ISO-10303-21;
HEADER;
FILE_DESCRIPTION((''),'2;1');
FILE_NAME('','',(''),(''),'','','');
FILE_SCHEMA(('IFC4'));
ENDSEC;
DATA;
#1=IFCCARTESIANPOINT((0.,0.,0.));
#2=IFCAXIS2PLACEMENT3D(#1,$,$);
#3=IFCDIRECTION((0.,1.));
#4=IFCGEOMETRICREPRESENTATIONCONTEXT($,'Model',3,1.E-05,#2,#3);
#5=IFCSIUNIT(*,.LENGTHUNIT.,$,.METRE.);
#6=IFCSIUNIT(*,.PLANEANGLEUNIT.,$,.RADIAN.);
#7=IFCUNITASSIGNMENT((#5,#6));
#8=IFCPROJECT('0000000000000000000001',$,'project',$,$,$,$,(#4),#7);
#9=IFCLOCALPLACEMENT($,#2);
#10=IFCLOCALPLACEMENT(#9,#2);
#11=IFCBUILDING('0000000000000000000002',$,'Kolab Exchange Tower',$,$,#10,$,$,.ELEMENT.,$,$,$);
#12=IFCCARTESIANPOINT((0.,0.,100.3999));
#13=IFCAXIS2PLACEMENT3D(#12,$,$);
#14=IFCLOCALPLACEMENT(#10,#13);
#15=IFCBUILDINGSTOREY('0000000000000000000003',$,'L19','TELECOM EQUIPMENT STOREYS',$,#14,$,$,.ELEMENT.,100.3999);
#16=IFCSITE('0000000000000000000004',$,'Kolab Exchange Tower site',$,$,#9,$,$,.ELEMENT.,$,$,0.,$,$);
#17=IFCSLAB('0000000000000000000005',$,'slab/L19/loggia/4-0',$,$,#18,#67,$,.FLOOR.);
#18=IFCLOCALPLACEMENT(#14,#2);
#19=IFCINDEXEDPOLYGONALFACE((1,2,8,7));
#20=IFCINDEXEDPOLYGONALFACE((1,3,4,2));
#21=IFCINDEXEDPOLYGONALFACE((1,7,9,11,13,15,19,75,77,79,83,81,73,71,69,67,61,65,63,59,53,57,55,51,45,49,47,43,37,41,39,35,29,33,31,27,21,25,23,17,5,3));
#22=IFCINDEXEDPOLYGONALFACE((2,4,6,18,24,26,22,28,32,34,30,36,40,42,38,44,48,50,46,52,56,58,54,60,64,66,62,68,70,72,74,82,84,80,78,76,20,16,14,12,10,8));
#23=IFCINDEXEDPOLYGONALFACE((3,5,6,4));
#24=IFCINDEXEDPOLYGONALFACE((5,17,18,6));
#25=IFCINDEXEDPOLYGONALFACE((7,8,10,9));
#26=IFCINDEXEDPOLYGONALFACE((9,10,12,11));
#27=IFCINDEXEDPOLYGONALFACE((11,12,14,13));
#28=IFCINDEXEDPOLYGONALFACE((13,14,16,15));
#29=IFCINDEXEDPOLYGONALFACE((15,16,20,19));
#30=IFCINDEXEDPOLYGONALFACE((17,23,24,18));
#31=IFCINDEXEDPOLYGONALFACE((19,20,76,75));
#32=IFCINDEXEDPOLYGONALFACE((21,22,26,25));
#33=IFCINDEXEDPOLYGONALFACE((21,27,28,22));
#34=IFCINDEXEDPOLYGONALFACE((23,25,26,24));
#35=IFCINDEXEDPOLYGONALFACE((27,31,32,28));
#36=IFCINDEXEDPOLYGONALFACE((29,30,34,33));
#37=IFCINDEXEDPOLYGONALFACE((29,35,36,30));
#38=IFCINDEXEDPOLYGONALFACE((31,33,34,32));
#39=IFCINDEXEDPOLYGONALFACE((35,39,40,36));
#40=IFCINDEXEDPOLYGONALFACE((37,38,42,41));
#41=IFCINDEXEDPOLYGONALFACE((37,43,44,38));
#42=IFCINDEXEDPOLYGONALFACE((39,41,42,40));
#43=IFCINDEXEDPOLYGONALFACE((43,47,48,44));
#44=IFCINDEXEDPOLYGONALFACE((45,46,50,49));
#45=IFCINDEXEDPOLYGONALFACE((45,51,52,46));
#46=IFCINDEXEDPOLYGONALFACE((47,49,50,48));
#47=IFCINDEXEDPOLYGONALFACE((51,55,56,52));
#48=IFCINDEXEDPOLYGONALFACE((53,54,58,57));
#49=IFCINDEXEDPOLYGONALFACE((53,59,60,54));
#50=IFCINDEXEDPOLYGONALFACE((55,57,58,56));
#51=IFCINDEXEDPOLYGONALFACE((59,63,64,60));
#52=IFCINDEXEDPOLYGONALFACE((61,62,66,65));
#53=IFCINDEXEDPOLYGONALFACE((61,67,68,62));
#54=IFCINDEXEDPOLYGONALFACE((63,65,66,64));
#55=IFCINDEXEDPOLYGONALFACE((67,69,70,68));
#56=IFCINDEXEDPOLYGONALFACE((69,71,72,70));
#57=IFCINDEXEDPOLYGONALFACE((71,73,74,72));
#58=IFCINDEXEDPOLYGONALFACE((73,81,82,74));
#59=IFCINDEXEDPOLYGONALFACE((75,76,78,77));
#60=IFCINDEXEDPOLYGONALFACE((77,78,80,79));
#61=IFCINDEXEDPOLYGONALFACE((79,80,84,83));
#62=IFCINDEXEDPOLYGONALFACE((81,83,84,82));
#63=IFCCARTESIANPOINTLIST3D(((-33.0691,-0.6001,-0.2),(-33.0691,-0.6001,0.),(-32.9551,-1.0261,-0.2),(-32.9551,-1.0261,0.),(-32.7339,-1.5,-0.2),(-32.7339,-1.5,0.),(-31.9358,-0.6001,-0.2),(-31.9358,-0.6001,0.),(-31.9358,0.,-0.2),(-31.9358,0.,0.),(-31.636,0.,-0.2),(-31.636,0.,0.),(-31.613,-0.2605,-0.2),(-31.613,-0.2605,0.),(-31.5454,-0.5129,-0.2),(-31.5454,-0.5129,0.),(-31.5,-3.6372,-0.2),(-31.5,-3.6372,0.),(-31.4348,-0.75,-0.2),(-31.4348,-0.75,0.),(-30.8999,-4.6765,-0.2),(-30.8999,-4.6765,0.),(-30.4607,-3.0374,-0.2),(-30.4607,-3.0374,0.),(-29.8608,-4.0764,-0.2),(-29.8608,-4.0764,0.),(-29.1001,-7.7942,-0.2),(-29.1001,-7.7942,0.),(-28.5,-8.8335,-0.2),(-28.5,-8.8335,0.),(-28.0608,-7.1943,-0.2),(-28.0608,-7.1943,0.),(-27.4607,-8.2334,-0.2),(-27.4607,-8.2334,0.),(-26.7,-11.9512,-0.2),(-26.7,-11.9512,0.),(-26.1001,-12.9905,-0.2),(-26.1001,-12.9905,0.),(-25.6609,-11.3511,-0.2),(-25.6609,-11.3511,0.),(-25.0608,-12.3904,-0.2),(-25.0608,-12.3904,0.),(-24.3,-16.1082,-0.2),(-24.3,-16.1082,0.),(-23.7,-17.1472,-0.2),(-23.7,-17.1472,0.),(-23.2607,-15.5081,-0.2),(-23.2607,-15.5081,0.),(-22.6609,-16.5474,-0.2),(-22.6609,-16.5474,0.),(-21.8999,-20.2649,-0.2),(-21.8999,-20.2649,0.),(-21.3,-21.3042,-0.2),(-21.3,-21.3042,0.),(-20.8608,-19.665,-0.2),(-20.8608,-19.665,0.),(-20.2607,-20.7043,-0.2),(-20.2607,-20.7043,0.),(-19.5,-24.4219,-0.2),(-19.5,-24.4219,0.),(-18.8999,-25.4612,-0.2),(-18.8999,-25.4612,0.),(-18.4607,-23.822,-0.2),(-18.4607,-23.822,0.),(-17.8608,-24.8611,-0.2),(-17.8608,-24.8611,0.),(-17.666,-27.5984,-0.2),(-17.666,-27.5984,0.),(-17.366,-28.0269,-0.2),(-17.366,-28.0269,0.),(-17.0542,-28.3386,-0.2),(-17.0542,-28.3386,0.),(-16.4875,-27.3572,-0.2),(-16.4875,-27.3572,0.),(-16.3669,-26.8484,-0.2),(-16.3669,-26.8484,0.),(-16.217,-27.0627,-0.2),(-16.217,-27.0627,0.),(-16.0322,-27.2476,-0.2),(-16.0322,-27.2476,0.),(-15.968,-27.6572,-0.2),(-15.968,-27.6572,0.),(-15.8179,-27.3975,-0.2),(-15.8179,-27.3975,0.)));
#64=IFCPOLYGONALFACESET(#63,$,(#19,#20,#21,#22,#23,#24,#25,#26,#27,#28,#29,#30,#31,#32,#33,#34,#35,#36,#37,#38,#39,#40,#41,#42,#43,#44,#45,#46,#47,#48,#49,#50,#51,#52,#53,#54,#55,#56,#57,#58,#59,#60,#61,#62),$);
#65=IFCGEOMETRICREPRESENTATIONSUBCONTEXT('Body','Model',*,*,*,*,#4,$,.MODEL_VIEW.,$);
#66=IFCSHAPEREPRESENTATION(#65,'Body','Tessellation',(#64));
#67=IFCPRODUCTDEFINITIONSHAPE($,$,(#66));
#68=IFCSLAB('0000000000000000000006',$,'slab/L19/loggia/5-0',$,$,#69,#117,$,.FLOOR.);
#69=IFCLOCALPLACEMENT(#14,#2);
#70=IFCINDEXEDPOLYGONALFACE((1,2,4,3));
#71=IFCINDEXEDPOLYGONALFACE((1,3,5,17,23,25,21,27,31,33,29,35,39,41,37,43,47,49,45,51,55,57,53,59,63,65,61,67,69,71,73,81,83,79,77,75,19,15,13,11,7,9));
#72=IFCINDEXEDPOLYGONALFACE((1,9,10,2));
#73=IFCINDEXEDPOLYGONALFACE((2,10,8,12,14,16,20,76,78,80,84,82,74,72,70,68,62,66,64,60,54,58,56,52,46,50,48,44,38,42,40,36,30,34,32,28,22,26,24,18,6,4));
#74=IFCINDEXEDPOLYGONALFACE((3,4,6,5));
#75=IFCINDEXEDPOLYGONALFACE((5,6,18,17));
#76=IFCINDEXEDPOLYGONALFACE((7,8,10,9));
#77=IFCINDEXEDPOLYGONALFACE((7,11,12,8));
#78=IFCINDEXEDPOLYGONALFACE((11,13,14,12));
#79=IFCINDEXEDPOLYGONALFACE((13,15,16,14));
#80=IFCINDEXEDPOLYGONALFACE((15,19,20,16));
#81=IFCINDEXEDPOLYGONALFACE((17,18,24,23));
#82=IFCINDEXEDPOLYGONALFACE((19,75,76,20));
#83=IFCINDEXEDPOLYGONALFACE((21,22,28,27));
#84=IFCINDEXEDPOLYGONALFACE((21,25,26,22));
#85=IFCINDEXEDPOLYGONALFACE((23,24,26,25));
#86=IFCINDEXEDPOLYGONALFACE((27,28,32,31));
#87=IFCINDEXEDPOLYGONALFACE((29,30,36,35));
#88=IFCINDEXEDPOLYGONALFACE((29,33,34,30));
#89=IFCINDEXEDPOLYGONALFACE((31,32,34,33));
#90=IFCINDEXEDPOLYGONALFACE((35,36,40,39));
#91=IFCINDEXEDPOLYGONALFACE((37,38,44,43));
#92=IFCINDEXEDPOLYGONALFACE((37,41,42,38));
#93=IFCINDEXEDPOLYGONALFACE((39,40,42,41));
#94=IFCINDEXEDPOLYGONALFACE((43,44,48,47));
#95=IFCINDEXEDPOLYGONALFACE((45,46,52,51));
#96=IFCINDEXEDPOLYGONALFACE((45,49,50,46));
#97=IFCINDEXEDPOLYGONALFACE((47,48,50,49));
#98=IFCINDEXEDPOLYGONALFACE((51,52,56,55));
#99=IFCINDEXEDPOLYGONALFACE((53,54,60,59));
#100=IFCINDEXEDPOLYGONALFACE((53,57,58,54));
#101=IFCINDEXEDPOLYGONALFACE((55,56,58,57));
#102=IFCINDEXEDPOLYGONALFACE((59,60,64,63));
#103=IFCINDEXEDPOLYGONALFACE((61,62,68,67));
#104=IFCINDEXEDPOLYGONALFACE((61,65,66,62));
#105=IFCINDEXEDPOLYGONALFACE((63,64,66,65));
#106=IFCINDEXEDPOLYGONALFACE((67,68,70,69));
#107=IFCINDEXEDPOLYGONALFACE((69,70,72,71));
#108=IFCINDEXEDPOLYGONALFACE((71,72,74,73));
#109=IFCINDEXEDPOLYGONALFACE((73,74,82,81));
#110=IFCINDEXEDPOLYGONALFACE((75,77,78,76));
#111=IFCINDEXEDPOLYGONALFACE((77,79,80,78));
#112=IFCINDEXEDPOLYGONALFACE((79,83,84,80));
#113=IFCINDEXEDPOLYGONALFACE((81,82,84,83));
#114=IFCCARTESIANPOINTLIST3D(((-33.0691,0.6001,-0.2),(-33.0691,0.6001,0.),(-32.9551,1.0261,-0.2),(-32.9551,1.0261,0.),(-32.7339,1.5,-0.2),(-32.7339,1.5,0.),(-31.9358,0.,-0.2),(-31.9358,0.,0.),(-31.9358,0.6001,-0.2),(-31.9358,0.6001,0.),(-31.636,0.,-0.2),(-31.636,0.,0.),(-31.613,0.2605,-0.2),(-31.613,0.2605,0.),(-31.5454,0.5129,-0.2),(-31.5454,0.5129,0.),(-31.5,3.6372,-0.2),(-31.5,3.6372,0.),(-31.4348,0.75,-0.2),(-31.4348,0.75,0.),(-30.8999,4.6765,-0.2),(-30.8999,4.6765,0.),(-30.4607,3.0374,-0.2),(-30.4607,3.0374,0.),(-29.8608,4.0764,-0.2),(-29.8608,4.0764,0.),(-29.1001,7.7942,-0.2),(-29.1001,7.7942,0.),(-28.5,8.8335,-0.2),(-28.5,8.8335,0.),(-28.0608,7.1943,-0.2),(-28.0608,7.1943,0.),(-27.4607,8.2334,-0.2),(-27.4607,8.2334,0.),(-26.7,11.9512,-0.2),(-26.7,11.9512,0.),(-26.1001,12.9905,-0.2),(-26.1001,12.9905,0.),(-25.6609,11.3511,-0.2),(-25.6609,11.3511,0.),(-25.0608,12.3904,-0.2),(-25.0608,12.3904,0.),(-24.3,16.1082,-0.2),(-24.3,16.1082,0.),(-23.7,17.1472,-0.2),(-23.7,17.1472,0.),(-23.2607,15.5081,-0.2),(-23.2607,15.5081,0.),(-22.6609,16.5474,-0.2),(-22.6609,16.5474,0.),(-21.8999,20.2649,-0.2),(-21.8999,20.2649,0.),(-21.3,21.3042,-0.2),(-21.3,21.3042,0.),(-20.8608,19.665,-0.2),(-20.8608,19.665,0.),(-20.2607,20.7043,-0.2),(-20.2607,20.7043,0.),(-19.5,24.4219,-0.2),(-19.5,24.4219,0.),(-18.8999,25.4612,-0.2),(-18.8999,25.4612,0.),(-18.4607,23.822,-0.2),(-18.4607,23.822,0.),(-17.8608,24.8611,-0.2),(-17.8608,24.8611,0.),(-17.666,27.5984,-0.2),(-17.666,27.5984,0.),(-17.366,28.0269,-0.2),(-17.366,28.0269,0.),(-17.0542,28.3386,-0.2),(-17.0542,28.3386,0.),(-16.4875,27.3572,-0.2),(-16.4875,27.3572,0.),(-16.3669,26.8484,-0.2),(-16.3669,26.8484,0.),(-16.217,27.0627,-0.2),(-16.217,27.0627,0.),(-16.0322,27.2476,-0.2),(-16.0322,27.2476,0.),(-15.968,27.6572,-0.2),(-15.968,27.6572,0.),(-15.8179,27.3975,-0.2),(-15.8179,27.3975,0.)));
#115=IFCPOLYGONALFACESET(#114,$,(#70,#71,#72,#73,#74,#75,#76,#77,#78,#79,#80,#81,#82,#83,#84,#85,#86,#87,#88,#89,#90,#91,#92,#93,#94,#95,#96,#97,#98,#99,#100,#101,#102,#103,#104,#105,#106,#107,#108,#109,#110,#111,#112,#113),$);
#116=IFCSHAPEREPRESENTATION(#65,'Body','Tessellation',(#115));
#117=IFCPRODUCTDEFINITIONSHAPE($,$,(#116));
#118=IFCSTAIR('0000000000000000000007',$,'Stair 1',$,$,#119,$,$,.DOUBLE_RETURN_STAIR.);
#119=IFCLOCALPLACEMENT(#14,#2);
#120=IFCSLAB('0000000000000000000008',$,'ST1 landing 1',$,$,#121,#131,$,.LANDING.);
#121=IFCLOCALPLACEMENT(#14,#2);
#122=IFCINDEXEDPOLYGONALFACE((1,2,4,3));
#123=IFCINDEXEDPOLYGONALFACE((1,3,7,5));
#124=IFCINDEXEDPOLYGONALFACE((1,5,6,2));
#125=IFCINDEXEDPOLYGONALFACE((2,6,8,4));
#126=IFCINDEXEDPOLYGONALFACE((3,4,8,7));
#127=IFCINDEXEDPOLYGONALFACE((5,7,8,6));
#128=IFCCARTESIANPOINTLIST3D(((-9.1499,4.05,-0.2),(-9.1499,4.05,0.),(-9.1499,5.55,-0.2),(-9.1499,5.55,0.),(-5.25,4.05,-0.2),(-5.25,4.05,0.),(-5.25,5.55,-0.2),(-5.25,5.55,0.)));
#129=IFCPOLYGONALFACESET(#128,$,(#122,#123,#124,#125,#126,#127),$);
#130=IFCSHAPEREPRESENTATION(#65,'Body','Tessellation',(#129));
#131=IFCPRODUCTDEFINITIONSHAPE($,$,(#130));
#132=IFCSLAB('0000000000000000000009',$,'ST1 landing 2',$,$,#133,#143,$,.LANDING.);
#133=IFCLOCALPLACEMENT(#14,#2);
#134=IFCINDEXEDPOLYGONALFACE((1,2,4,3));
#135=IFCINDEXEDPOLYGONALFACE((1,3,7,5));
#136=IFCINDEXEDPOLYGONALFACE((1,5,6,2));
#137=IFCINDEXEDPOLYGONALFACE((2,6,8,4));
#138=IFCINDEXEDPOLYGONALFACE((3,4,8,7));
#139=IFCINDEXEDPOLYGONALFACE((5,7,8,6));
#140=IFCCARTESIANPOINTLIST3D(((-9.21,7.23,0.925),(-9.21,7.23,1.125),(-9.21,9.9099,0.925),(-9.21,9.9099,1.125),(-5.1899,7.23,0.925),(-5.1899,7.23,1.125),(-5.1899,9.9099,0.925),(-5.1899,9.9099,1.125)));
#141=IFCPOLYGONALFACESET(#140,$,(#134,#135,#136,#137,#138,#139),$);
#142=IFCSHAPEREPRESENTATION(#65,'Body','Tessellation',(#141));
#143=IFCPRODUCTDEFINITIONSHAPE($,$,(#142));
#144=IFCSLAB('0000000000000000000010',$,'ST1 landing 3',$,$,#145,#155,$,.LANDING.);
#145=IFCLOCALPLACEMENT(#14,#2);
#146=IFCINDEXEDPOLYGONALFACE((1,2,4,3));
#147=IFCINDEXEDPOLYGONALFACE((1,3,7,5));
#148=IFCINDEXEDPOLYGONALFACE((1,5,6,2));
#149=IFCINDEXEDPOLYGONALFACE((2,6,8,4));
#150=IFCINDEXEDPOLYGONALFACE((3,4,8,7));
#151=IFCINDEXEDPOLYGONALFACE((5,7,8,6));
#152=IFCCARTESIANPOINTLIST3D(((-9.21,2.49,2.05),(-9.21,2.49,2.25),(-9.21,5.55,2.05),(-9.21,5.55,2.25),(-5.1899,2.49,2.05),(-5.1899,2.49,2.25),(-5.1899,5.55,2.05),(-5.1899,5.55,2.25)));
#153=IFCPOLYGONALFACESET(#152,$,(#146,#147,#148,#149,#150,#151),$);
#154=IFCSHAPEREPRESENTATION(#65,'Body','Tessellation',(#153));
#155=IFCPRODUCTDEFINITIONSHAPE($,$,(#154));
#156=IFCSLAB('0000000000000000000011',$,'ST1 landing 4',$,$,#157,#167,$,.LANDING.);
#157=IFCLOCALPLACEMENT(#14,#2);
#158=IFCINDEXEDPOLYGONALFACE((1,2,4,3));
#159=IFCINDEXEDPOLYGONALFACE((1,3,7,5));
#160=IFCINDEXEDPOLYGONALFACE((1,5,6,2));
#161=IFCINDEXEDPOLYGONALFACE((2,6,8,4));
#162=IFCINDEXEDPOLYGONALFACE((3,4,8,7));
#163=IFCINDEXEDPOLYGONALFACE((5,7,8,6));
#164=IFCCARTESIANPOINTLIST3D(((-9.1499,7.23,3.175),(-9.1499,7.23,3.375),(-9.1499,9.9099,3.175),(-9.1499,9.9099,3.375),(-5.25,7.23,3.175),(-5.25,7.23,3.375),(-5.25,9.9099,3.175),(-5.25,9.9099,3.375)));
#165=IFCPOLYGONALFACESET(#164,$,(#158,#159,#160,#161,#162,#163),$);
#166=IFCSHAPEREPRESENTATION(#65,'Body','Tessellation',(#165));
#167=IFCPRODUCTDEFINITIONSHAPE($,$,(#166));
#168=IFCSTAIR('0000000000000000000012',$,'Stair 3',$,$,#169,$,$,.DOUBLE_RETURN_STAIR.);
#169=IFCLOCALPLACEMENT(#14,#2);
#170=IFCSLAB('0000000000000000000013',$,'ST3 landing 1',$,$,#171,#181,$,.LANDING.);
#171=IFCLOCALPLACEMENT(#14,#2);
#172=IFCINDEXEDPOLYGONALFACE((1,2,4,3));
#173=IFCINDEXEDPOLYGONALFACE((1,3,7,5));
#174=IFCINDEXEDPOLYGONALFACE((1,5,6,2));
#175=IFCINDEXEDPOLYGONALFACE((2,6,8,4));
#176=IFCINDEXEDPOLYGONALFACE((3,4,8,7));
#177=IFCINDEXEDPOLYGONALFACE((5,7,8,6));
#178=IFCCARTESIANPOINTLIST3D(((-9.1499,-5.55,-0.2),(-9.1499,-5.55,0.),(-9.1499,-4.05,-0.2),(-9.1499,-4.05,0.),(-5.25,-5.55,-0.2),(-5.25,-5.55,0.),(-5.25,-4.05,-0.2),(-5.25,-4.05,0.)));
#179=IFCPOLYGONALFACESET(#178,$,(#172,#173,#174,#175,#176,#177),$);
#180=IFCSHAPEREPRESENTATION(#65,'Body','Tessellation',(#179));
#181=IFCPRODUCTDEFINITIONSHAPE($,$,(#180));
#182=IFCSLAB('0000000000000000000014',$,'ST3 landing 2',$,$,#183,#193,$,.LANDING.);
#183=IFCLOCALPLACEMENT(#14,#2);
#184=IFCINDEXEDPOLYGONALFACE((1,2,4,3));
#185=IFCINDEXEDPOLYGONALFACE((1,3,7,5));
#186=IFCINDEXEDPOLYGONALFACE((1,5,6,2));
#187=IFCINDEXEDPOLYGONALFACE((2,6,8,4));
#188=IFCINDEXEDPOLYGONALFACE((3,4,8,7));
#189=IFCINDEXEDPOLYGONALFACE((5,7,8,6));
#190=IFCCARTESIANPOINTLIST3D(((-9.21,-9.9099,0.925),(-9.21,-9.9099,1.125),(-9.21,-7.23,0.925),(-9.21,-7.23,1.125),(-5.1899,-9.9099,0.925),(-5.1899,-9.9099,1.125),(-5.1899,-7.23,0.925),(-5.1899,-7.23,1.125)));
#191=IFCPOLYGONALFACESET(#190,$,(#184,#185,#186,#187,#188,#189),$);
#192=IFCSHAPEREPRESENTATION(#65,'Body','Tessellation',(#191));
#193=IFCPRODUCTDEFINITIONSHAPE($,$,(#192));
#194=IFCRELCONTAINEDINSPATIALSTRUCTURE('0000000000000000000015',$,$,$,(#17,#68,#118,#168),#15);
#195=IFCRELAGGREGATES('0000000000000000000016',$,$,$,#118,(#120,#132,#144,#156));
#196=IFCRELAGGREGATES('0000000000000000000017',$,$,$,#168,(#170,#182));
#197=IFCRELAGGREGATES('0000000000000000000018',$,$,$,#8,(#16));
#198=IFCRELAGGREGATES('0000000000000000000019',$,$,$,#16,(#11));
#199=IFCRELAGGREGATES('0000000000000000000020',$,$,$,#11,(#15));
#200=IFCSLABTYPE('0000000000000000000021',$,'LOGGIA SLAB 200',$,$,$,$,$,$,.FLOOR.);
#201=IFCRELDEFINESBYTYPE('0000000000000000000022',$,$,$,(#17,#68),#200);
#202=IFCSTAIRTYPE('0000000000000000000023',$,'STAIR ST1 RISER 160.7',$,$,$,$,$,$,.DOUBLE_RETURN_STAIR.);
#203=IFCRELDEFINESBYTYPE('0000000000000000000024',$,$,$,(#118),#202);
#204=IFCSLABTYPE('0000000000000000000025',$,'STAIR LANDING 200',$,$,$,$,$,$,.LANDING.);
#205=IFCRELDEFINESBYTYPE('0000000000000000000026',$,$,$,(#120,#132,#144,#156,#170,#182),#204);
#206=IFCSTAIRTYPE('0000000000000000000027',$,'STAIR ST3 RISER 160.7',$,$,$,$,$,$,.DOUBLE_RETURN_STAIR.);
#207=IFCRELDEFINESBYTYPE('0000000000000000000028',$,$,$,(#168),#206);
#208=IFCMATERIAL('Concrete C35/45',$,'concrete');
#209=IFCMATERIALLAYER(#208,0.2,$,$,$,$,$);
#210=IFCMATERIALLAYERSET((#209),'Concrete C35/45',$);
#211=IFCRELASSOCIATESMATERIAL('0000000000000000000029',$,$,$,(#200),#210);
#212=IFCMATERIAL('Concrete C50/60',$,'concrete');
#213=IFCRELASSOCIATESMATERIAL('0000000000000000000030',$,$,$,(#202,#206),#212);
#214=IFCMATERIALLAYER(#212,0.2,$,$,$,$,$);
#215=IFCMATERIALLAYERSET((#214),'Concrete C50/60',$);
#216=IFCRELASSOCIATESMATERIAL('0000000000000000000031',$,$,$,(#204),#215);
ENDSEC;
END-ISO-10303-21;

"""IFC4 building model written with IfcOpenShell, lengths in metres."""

from ifc_helpers import new_model, si_unit, direction, frame, origin, place, context, subcontext, project, spatial, polyline, outline, extrude, material, layer, layer_set, type_object, element, aggregate, save


model = new_model("IFC4")

# Units and contexts
model_context = context("Model", 3, precision=1e-05, world=origin(), true_north=direction((0.0, 1.0)))
body_context = subcontext(model_context, "Body", "Model", "MODEL_VIEW")
ifc_project = project(units=[si_unit("LENGTHUNIT", "METRE"), si_unit("PLANEANGLEUNIT", "RADIAN")], contexts=[model_context])

# Site, building, storey
site_placement = place(None, origin())
site = spatial("IfcSite", under=ifc_project, at=site_placement, Name="Kolab Exchange Tower site", CompositionType="ELEMENT", RefElevation=0.0)
building_placement = place(site_placement, origin())
building = spatial("IfcBuilding", under=site, at=building_placement, Name="Kolab Exchange Tower", CompositionType="ELEMENT")
storey_placement = place(building_placement, frame((0.0, 0.0, 100.3999)))
storey = spatial("IfcBuildingStorey", under=building, at=storey_placement, Name="L19", Description="TELECOM EQUIPMENT STOREYS", CompositionType="ELEMENT", Elevation=100.3999)

# Slabs
ifc_material_1 = material(Name="Concrete C35/45", Category="concrete")
ifc_layer_1 = layer(ifc_material_1, 0.2)
ifc_layer_set_1 = layer_set([ifc_layer_1], Name="Concrete C35/45")
slab_type_1 = type_object("IfcSlabType", Name="LOGGIA SLAB 200", PredefinedType="FLOOR", material=ifc_layer_set_1)
slab_1_placement = place(storey_placement, frame((0.0, 0.0, -0.2)))
element("IfcSlab", 1, at=slab_1_placement, inside=storey, type_object=slab_type_1, Name="slab/L19/loggia/4-0", PredefinedType="FLOOR", context=body_context, shape_type="SweptSolid", body=[
    extrude(outline(polyline([(-31.636, 0.0), (-31.9358, 0.0), (-31.9358, -0.6001), (-33.0691, -0.6001), (-32.9551, -1.0261), (-32.7339, -1.5), (-31.5, -3.6372), (-30.4607, -3.0374), (-29.8608, -4.0764), (-30.8999, -4.6765), (-29.1001, -7.7942), (-28.0608, -7.1943), (-27.4607, -8.2334), (-28.5, -8.8335), (-26.7, -11.9512), (-25.6609, -11.3511), (-25.0608, -12.3904), (-26.1001, -12.9905), (-24.3, -16.1082), (-23.2607, -15.5081), (-22.6609, -16.5474), (-23.7, -17.1472), (-21.8999, -20.2649), (-20.8608, -19.665), (-20.2607, -20.7043), (-21.3, -21.3042), (-19.5, -24.4219), (-18.4607, -23.822), (-17.8608, -24.8611), (-18.8999, -25.4612), (-17.666, -27.5984), (-17.366, -28.0269), (-17.0542, -28.3386), (-16.4875, -27.3572), (-15.968, -27.6572), (-15.8179, -27.3975), (-16.0322, -27.2476), (-16.217, -27.0627), (-16.3669, -26.8484), (-31.4348, -0.75), (-31.5454, -0.5129), (-31.613, -0.2605), (-31.636, 0.0)])), origin(), (0.0, 0.0, 1.0), 0.2),
])
slab_2_placement = place(storey_placement, frame((0.0, 0.0, -0.2)))
element("IfcSlab", 2, at=slab_2_placement, inside=storey, type_object=slab_type_1, Name="slab/L19/loggia/5-0", PredefinedType="FLOOR", context=body_context, shape_type="SweptSolid", body=[
    extrude(outline(polyline([(-15.8179, 27.3975), (-15.968, 27.6572), (-16.4875, 27.3572), (-17.0542, 28.3386), (-17.366, 28.0269), (-17.666, 27.5984), (-18.8999, 25.4612), (-17.8608, 24.8611), (-18.4607, 23.822), (-19.5, 24.4219), (-21.3, 21.3042), (-20.2607, 20.7043), (-20.8608, 19.665), (-21.8999, 20.2649), (-23.7, 17.1472), (-22.6609, 16.5474), (-23.2607, 15.5081), (-24.3, 16.1082), (-26.1001, 12.9905), (-25.0608, 12.3904), (-25.6609, 11.3511), (-26.7, 11.9512), (-28.5, 8.8335), (-27.4607, 8.2334), (-28.0608, 7.1943), (-29.1001, 7.7942), (-30.8999, 4.6765), (-29.8608, 4.0764), (-30.4607, 3.0374), (-31.5, 3.6372), (-32.7339, 1.5), (-32.9551, 1.0261), (-33.0691, 0.6001), (-31.9358, 0.6001), (-31.9358, 0.0), (-31.636, 0.0), (-31.613, 0.2605), (-31.5454, 0.5129), (-31.4348, 0.75), (-16.3669, 26.8484), (-16.217, 27.0627), (-16.0322, 27.2476), (-15.8179, 27.3975)])), origin(), (0.0, 0.0, 1.0), 0.2),
])

# Stairs, slabs
ifc_material_2 = material(Name="Concrete C50/60", Category="concrete")
stair_type_1 = type_object("IfcStairType", Name="STAIR ST1 RISER 160.7", PredefinedType="DOUBLE_RETURN_STAIR", material=ifc_material_2)
stair_1_placement = place(storey_placement, origin())
stair_1 = element("IfcStair", 3, at=stair_1_placement, inside=storey, type_object=stair_type_1, Name="Stair 1", PredefinedType="DOUBLE_RETURN_STAIR")
ifc_layer_2 = layer(ifc_material_2, 0.2)
ifc_layer_set_2 = layer_set([ifc_layer_2], Name="Concrete C50/60")
slab_type_2 = type_object("IfcSlabType", Name="STAIR LANDING 200", PredefinedType="LANDING", material=ifc_layer_set_2)
slab_3_placement = place(storey_placement, frame((0.0, 0.0, -0.2)))
slab_3 = element("IfcSlab", 4, at=slab_3_placement, type_object=slab_type_2, Name="ST1 landing 1", PredefinedType="LANDING", context=body_context, shape_type="SweptSolid", body=[
    extrude(outline(polyline([(-9.1499, 4.05), (-5.25, 4.05), (-5.25, 5.55), (-9.1499, 5.55), (-9.1499, 4.05)])), origin(), (0.0, 0.0, 1.0), 0.2),
])
slab_4_placement = place(storey_placement, frame((0.0, 0.0, 0.925)))
slab_4 = element("IfcSlab", 5, at=slab_4_placement, type_object=slab_type_2, Name="ST1 landing 2", PredefinedType="LANDING", context=body_context, shape_type="SweptSolid", body=[
    extrude(outline(polyline([(-9.21, 7.23), (-5.1899, 7.23), (-5.1899, 9.9099), (-9.21, 9.9099), (-9.21, 7.23)])), origin(), (0.0, 0.0, 1.0), 0.2),
])
slab_5_placement = place(storey_placement, frame((0.0, 0.0, 2.05)))
slab_5 = element("IfcSlab", 6, at=slab_5_placement, type_object=slab_type_2, Name="ST1 landing 3", PredefinedType="LANDING", context=body_context, shape_type="SweptSolid", body=[
    extrude(outline(polyline([(-9.21, 2.49), (-5.1899, 2.49), (-5.1899, 5.55), (-9.21, 5.55), (-9.21, 2.49)])), origin(), (0.0, 0.0, 1.0), 0.2),
])
slab_6_placement = place(storey_placement, frame((0.0, 0.0, 3.175)))
slab_6 = element("IfcSlab", 7, at=slab_6_placement, type_object=slab_type_2, Name="ST1 landing 4", PredefinedType="LANDING", context=body_context, shape_type="SweptSolid", body=[
    extrude(outline(polyline([(-9.1499, 7.23), (-5.25, 7.23), (-5.25, 9.9099), (-9.1499, 9.9099), (-9.1499, 7.23)])), origin(), (0.0, 0.0, 1.0), 0.2),
])
aggregate(stair_1, [slab_3, slab_4, slab_5, slab_6])
stair_type_2 = type_object("IfcStairType", Name="STAIR ST3 RISER 160.7", PredefinedType="DOUBLE_RETURN_STAIR", material=ifc_material_2)
stair_2_placement = place(storey_placement, origin())
stair_2 = element("IfcStair", 8, at=stair_2_placement, inside=storey, type_object=stair_type_2, Name="Stair 3", PredefinedType="DOUBLE_RETURN_STAIR")
slab_7_placement = place(storey_placement, frame((0.0, 0.0, -0.2)))
slab_7 = element("IfcSlab", 9, at=slab_7_placement, type_object=slab_type_2, Name="ST3 landing 1", PredefinedType="LANDING", context=body_context, shape_type="SweptSolid", body=[
    extrude(outline(polyline([(-9.1499, -5.55), (-5.25, -5.55), (-5.25, -4.05), (-9.1499, -4.05), (-9.1499, -5.55)])), origin(), (0.0, 0.0, 1.0), 0.2),
])
slab_8_placement = place(storey_placement, frame((0.0, 0.0, 0.925)))
slab_8 = element("IfcSlab", 10, at=slab_8_placement, type_object=slab_type_2, Name="ST3 landing 2", PredefinedType="LANDING", context=body_context, shape_type="SweptSolid", body=[
    extrude(outline(polyline([(-9.21, -9.9099), (-5.1899, -9.9099), (-5.1899, -7.23), (-9.21, -7.23), (-9.21, -9.9099)])), origin(), (0.0, 0.0, 1.0), 0.2),
])
aggregate(stair_2, [slab_7, slab_8])

save(model, "model.ifc")
